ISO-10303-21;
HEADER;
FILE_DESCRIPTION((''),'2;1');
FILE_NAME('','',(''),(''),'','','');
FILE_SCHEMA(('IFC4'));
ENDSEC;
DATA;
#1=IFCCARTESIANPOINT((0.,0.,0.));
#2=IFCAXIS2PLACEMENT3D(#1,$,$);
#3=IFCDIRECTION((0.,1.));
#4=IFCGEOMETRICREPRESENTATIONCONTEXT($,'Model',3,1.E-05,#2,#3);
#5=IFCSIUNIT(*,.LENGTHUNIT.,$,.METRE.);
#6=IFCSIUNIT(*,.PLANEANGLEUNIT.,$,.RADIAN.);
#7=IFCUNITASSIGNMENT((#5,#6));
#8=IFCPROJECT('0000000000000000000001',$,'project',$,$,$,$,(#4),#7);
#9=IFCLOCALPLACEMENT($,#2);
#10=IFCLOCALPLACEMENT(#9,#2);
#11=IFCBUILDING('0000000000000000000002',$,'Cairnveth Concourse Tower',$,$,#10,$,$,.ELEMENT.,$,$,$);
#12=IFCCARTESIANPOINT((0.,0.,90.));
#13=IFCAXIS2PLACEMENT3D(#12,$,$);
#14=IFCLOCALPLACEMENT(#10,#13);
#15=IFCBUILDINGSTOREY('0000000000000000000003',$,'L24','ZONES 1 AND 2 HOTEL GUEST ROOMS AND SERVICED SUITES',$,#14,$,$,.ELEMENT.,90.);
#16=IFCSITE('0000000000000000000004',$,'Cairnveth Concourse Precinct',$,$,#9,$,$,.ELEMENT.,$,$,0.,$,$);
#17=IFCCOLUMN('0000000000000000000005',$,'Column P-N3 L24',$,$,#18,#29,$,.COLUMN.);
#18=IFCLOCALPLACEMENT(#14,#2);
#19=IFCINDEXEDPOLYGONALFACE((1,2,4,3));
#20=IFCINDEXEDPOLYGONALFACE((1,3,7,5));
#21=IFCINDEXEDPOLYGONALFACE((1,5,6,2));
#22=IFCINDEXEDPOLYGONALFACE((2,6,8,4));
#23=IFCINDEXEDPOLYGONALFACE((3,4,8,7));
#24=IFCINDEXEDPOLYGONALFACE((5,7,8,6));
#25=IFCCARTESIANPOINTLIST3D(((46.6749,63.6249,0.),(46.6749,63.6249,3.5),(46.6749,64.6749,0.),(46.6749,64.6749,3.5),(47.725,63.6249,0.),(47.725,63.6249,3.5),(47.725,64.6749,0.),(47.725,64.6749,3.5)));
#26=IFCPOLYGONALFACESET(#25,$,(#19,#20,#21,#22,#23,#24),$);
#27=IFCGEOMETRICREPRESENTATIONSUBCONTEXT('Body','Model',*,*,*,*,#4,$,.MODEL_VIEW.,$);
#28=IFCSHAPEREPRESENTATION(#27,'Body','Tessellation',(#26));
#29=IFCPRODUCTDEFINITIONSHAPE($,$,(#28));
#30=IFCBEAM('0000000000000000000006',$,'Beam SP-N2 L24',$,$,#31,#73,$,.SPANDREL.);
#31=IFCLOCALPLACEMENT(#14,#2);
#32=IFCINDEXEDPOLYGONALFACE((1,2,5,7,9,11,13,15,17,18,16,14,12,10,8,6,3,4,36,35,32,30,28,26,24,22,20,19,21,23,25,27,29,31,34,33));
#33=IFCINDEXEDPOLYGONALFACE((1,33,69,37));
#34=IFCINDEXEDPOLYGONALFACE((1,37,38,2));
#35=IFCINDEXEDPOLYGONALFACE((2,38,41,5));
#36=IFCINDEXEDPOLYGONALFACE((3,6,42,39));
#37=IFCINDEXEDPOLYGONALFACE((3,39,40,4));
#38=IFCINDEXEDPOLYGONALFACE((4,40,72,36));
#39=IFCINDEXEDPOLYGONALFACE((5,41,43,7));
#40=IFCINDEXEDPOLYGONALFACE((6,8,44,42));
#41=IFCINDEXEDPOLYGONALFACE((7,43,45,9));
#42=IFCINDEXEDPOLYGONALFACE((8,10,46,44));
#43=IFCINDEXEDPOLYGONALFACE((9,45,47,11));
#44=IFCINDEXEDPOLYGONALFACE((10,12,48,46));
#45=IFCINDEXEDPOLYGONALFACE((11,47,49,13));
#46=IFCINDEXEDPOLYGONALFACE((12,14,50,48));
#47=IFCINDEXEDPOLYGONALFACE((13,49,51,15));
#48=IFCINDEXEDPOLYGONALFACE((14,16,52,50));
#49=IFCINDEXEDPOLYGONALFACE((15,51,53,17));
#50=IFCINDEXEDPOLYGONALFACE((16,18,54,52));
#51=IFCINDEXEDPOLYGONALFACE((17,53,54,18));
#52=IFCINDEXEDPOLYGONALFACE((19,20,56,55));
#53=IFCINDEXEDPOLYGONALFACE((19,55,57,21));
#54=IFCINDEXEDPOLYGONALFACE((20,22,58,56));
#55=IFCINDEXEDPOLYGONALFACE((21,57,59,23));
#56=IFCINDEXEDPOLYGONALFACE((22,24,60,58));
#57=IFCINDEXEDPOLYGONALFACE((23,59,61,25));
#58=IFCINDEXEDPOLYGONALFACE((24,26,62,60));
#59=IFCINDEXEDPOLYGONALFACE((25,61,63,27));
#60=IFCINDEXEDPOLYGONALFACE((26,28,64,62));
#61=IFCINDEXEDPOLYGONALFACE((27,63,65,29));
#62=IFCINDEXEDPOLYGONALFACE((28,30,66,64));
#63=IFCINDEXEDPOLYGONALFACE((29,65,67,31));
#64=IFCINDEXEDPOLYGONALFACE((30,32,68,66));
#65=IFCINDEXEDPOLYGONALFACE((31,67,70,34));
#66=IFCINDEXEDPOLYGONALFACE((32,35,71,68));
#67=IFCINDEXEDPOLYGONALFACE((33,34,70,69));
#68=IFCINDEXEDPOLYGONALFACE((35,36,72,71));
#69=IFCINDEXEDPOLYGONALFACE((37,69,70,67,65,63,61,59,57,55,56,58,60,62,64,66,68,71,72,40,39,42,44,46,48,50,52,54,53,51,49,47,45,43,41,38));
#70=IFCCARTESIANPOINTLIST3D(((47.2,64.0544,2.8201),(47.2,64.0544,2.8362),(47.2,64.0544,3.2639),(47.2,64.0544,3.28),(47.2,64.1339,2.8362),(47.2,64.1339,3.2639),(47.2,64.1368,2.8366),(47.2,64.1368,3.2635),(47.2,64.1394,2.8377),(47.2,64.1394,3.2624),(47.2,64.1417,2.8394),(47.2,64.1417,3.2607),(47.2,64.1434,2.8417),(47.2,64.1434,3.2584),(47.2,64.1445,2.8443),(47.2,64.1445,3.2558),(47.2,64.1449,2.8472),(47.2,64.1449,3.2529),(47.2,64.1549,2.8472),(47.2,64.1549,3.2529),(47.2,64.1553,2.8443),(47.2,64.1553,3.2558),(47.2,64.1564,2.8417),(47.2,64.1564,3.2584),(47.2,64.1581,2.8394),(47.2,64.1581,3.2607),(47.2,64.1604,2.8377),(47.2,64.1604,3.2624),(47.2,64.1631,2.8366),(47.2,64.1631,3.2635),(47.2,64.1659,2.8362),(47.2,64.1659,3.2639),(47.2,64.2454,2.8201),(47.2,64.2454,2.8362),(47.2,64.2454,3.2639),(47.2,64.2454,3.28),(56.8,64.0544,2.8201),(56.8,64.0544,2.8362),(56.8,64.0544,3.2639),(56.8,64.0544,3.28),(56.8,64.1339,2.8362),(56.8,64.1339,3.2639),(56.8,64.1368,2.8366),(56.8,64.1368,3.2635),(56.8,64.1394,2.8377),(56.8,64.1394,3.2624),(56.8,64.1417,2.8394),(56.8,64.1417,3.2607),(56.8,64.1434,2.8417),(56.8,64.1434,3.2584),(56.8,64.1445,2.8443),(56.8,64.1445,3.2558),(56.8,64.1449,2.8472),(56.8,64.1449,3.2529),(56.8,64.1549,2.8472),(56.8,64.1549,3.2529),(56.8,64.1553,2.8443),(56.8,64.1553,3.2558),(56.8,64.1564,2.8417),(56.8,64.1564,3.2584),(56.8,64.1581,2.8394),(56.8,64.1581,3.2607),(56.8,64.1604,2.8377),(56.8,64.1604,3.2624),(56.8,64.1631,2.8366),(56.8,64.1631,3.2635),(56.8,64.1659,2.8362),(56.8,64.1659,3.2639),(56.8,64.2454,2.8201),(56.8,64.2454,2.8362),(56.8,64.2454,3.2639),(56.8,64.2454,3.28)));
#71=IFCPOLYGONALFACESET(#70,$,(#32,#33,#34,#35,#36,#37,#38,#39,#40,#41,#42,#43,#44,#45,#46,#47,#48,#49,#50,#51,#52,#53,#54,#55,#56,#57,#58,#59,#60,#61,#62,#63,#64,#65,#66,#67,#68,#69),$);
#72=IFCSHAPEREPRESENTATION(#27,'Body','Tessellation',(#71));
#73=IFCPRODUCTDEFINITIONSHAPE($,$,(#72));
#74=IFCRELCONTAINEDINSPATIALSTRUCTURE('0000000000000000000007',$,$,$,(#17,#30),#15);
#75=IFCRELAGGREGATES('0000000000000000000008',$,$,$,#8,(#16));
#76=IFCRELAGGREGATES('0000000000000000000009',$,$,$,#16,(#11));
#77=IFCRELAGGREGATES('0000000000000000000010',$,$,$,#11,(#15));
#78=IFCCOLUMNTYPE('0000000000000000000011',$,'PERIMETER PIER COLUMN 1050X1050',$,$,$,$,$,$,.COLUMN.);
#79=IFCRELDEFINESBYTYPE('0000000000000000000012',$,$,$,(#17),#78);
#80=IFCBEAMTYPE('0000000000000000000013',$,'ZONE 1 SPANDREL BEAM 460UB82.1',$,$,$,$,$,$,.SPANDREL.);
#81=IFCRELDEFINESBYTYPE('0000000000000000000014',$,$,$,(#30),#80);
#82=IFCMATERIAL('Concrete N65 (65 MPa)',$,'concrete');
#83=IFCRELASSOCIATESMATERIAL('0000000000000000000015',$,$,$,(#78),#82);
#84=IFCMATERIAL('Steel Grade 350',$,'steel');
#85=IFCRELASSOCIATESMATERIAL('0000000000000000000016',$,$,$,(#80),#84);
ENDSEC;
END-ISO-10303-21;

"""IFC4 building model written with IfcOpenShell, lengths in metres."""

from ifc_helpers import new_model, si_unit, direction, frame, origin, origin_2d, place, context, subcontext, project, spatial, rectangle, i_section, extrude, material, material_profile, profile_set, type_object, element, save


model = new_model("IFC4")

# Units and contexts
model_context = context("Model", 3, precision=1e-05, world=origin(), true_north=direction((0.0, 1.0)))
body_context = subcontext(model_context, "Body", "Model", "MODEL_VIEW")
ifc_project = project(units=[si_unit("LENGTHUNIT", "METRE"), si_unit("PLANEANGLEUNIT", "RADIAN")], contexts=[model_context])

# Site, building, storey
site_placement = place(None, origin())
site = spatial("IfcSite", under=ifc_project, at=site_placement, Name="Cairnveth Concourse Precinct", CompositionType="ELEMENT", RefElevation=0.0)
building_placement = place(site_placement, origin())
building = spatial("IfcBuilding", under=site, at=building_placement, Name="Cairnveth Concourse Tower", CompositionType="ELEMENT")
storey_placement = place(building_placement, frame((0.0, 0.0, 90.0)))
storey = spatial("IfcBuildingStorey", under=building, at=storey_placement, Name="L24", Description="ZONES 1 AND 2 HOTEL GUEST ROOMS AND SERVICED SUITES", CompositionType="ELEMENT", Elevation=90.0)

# Column
ifc_material_1 = material(Name="Concrete N65 (65 MPa)", Category="concrete")
ifc_material_profile_1 = material_profile(ifc_material_1, rectangle(XDim=1.05, YDim=1.05, at=origin_2d()), Name="RC-COL-1050x1050")
ifc_profile_set_1 = profile_set([ifc_material_profile_1], Name="Concrete N65 (65 MPa)")
column_type = type_object("IfcColumnType", Name="PERIMETER PIER COLUMN 1050X1050", PredefinedType="COLUMN", material=ifc_profile_set_1)
column_placement = place(storey_placement, frame((47.2, 64.1499, 0.0), z_axis=(0.0, 0.0, 1.0), x_axis=(1.0, 0.0, 0.0)))
element("IfcColumn", 1, at=column_placement, inside=storey, type_object=column_type, Name="Column P-N3 L24", PredefinedType="COLUMN", context=body_context, shape_type="SweptSolid", body=[
    extrude(rectangle(XDim=1.05, YDim=1.05, at=origin_2d()), origin(), (0.0, 0.0, 1.0), 3.5),
])

# Beam
ifc_material_2 = material(Name="Steel Grade 350", Category="steel")
ifc_material_profile_2 = material_profile(ifc_material_2, i_section(OverallWidth=0.1909, OverallDepth=0.46, WebThickness=0.01, FlangeThickness=0.0161, FilletRadius=0.011, at=origin_2d()), Name="460UB82.1")
ifc_profile_set_2 = profile_set([ifc_material_profile_2], Name="Steel Grade 350")
beam_type = type_object("IfcBeamType", Name="ZONE 1 SPANDREL BEAM 460UB82.1", PredefinedType="SPANDREL", material=ifc_profile_set_2)
beam_placement = place(storey_placement, frame((47.2, 64.1499, 3.05), z_axis=(1.0, 0.0, 0.0), x_axis=(0.0, 1.0, 0.0)))
element("IfcBeam", 2, at=beam_placement, inside=storey, type_object=beam_type, Name="Beam SP-N2 L24", PredefinedType="SPANDREL", context=body_context, shape_type="SweptSolid", body=[
    extrude(i_section(OverallWidth=0.1909, OverallDepth=0.46, WebThickness=0.01, FlangeThickness=0.0161, FilletRadius=0.011, at=origin_2d()), origin(), (0.0, 0.0, 1.0), 9.6001),
])

save(model, "model.ifc")
